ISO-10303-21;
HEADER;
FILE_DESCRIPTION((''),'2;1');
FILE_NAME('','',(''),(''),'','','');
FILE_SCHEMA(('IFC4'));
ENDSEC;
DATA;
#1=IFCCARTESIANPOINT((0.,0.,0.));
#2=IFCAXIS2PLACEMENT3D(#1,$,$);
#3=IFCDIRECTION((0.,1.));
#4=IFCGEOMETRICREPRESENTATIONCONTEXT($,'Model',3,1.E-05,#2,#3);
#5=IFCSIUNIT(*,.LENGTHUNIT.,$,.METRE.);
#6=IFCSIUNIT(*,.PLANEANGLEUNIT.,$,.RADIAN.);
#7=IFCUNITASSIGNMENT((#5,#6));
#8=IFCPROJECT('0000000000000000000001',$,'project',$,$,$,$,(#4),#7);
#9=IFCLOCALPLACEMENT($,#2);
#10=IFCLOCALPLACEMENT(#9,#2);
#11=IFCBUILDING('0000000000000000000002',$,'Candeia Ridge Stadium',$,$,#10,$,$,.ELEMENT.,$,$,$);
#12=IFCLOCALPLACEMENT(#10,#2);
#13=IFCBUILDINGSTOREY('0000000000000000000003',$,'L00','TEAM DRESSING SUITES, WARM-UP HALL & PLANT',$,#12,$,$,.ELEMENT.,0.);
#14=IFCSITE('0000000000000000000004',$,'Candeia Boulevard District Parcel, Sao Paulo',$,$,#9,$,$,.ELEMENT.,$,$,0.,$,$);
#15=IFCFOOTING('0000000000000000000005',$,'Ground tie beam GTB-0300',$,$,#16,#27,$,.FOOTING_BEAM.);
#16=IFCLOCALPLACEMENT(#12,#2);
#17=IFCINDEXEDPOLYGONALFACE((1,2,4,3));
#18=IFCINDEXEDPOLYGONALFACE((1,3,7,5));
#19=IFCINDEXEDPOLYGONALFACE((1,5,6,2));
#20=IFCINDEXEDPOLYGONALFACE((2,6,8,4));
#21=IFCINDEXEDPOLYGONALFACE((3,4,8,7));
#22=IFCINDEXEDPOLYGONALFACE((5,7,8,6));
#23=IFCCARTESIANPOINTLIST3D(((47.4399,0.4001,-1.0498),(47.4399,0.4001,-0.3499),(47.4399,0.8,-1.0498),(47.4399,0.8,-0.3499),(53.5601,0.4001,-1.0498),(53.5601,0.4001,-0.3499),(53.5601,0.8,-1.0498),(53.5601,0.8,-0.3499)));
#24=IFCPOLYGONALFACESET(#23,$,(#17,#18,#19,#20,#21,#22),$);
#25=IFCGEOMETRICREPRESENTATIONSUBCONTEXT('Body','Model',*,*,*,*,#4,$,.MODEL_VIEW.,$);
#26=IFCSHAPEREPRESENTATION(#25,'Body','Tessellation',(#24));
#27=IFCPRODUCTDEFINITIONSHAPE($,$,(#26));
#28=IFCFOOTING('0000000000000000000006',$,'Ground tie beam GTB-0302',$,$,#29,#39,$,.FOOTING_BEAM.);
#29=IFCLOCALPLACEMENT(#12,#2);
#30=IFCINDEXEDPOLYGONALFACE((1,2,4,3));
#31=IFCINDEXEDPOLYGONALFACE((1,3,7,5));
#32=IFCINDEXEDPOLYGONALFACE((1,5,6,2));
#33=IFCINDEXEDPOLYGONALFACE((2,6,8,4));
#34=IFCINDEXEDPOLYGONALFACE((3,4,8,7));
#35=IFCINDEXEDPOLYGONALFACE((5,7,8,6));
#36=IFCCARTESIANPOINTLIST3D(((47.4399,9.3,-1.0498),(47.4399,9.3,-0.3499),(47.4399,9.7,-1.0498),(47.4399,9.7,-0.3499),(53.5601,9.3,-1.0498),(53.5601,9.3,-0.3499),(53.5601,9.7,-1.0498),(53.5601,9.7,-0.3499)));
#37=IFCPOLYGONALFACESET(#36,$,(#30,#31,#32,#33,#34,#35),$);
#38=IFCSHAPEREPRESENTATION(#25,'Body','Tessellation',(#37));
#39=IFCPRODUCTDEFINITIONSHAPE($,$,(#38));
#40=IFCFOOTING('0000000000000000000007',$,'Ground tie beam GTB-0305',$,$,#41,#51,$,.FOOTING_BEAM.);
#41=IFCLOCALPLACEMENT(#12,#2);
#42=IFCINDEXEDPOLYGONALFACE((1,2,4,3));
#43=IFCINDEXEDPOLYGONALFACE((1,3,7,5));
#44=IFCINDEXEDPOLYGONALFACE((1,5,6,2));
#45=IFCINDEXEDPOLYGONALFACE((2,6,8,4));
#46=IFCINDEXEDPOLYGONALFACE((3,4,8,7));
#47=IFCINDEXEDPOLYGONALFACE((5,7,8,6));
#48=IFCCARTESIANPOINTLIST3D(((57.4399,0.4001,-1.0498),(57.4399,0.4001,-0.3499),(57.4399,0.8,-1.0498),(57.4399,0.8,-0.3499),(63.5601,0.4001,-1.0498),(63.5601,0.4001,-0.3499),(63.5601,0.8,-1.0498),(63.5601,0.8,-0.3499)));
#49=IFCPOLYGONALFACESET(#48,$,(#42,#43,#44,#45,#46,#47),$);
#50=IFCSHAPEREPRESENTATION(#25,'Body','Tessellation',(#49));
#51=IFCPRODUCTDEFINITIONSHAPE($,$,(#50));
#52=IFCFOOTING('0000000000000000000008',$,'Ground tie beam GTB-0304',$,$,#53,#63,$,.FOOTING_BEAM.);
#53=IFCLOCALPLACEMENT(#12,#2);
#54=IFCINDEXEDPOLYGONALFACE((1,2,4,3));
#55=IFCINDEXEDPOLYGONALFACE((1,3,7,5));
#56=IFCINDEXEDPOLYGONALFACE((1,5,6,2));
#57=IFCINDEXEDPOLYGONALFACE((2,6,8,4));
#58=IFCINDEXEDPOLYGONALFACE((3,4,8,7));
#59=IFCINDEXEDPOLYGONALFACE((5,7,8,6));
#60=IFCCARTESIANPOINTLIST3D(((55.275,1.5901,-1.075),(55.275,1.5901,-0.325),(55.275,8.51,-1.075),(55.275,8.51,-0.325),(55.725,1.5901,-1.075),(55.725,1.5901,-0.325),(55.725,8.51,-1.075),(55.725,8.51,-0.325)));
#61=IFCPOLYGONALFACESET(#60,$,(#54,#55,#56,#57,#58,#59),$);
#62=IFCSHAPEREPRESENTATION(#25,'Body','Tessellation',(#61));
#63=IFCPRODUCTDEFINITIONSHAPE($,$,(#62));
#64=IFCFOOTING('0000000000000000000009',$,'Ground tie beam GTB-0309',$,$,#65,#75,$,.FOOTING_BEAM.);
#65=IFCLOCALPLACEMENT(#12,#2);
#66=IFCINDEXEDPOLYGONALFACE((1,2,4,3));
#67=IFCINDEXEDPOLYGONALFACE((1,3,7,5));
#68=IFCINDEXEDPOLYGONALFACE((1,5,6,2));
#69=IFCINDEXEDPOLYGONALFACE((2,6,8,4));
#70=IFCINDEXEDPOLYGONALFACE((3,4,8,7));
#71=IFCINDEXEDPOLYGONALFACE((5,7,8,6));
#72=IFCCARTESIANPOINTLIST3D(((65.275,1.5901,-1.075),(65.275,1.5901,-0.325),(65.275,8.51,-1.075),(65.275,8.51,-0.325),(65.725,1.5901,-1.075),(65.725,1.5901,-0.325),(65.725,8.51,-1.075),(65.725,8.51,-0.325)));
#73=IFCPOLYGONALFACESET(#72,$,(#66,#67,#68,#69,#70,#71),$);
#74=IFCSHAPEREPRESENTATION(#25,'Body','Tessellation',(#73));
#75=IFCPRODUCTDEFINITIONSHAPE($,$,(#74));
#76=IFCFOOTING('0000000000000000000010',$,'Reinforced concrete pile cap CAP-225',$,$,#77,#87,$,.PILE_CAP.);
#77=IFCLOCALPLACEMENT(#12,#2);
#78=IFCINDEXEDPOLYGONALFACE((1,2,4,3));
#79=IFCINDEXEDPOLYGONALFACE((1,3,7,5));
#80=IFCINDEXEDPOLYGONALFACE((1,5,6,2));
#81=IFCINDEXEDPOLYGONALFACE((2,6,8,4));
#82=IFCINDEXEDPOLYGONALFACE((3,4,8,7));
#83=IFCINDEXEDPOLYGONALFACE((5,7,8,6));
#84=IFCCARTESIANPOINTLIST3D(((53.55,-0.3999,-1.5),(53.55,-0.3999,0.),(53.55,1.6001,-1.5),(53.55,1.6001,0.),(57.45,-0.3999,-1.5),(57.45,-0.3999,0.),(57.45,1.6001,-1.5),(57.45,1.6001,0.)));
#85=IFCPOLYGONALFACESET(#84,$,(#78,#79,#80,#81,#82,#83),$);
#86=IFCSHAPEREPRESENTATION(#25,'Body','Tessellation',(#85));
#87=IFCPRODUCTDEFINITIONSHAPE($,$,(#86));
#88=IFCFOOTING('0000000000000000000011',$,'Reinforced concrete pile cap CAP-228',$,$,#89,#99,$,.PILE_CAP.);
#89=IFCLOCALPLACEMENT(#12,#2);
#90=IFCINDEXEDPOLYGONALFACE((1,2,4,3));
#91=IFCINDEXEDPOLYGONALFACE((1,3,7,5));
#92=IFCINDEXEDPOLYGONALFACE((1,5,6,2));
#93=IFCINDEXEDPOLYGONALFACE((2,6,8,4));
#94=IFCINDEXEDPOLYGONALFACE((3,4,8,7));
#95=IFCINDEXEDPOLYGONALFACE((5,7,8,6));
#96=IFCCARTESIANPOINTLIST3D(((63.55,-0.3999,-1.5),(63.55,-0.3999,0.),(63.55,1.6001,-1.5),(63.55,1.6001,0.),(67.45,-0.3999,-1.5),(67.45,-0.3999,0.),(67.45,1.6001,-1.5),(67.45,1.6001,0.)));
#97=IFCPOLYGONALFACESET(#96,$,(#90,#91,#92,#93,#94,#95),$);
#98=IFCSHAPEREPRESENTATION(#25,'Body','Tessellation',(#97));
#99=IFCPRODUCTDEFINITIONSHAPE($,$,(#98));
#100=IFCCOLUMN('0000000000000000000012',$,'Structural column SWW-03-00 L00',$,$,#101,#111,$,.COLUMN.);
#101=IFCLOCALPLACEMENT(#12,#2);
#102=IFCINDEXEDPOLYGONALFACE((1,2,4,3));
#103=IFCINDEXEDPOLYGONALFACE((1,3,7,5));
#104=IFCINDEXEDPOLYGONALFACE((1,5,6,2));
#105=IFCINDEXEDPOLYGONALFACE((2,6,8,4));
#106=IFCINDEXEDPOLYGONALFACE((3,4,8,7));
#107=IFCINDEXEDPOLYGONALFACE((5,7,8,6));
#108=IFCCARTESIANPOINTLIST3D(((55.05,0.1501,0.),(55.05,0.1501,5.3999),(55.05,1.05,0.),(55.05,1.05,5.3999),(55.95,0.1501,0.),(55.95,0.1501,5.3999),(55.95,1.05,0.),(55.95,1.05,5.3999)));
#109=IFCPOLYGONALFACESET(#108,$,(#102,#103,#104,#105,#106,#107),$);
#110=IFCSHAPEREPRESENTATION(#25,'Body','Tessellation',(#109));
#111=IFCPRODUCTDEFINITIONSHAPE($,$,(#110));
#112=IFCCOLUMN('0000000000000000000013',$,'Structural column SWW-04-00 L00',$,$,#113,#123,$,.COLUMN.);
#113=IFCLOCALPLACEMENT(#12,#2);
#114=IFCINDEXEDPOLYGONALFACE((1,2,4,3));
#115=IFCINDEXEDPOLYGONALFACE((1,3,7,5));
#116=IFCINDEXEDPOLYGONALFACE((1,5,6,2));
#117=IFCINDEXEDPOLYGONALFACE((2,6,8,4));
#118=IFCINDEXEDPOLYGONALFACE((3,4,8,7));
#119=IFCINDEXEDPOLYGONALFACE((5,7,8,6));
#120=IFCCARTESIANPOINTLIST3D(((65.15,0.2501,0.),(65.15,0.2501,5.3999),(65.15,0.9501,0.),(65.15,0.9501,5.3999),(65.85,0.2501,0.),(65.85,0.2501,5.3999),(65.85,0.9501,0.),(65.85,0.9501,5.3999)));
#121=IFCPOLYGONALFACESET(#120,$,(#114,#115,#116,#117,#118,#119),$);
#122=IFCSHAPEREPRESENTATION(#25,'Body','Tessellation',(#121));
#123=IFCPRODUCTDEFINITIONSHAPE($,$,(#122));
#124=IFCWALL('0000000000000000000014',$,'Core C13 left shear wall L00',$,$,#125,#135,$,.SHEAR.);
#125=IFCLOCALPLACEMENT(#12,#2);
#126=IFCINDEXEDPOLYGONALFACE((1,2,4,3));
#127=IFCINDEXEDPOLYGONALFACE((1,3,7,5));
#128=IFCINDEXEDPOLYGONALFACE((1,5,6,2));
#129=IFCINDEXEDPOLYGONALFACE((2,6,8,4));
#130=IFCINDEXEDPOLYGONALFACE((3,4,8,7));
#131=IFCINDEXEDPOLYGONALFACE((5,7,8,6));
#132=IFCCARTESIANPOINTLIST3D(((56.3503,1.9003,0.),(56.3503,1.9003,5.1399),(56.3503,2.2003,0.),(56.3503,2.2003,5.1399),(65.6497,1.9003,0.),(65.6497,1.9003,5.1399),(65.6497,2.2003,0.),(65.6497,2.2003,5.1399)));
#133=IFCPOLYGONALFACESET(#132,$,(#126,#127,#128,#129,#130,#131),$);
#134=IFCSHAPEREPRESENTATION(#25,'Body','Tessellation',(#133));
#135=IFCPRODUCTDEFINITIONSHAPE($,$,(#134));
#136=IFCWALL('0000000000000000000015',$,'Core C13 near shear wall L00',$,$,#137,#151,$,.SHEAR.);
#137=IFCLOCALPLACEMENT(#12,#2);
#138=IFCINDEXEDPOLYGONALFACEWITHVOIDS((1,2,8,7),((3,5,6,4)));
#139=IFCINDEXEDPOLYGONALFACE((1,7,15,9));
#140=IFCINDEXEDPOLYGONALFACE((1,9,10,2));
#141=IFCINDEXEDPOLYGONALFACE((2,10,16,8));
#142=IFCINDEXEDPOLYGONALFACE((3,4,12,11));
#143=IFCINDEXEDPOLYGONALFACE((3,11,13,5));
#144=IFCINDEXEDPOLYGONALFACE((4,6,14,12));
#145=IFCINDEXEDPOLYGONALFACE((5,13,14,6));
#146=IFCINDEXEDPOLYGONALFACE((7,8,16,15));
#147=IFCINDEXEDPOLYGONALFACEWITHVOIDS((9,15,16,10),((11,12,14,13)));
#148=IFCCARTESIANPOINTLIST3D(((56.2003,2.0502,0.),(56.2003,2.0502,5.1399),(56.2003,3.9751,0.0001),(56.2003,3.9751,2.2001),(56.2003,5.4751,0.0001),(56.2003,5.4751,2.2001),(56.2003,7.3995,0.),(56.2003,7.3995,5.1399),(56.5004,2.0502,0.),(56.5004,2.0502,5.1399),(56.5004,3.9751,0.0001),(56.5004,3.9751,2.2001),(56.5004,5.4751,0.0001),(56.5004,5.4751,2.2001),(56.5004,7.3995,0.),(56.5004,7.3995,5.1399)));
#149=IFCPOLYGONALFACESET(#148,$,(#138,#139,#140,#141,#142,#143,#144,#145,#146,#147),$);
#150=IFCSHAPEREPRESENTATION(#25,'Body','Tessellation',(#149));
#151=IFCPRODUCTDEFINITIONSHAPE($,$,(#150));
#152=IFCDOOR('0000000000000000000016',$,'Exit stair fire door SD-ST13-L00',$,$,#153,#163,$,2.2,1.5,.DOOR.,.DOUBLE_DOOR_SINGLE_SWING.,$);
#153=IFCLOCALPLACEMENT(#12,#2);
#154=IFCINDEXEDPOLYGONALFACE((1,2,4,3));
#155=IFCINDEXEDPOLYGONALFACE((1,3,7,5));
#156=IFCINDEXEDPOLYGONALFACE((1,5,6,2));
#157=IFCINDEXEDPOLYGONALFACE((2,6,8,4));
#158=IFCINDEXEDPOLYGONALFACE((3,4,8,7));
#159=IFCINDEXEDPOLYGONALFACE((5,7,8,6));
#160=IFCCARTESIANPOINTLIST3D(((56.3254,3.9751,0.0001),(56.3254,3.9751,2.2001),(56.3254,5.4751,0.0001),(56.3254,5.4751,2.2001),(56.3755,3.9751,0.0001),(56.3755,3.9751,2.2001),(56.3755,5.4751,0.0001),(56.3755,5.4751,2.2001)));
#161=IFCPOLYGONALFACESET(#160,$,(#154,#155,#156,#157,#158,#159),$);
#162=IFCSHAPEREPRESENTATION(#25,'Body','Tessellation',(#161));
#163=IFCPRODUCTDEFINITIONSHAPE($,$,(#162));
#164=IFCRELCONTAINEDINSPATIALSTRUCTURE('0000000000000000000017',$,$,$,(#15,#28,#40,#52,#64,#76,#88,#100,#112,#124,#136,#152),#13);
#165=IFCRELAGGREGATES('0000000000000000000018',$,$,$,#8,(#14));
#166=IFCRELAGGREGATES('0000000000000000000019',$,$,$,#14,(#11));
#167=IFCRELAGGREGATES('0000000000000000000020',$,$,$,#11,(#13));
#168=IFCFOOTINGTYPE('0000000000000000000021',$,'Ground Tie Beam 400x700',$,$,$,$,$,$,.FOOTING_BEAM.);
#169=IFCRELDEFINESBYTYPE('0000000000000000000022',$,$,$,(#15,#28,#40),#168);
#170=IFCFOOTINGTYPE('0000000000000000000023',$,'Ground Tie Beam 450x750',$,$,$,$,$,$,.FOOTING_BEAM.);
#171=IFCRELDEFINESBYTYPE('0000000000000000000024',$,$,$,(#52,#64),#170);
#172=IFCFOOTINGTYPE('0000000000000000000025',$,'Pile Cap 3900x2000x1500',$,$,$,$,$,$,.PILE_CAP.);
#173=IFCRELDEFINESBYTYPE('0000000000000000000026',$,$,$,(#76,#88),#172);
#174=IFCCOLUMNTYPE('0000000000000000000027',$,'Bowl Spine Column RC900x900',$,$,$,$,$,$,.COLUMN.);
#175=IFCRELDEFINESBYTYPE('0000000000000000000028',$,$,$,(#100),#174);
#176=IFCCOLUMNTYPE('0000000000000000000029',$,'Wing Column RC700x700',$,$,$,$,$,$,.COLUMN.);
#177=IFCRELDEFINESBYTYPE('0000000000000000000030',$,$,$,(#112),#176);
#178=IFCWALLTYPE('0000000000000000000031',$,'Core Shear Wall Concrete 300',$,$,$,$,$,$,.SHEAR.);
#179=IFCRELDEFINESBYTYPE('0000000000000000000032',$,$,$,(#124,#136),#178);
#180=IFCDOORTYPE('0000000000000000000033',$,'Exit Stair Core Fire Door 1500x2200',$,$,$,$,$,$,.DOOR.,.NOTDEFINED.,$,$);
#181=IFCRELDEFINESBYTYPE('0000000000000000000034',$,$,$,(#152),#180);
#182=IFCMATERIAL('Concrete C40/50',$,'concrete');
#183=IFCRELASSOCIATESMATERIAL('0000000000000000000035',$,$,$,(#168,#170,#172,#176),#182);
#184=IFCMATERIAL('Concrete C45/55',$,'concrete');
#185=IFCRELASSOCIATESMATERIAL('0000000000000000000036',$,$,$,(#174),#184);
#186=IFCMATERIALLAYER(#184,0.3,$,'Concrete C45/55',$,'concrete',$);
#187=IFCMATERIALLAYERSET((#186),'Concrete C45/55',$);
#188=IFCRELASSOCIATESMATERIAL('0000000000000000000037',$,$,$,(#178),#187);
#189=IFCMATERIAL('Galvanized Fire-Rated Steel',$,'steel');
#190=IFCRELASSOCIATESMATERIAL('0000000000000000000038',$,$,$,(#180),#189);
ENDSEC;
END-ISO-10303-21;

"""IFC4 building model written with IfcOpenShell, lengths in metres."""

from ifc_helpers import new_model, si_unit, direction, frame, frame_2d, origin, origin_2d, place, context, subcontext, project, spatial, rectangle, extrude, material, layer, layer_set, material_profile, profile_set, type_object, element, fill, save


model = new_model("IFC4")

# Units and contexts
model_context = context("Model", 3, precision=1e-05, world=origin(), true_north=direction((0.0, 1.0)))
body_context = subcontext(model_context, "Body", "Model", "MODEL_VIEW")
ifc_project = project(units=[si_unit("LENGTHUNIT", "METRE"), si_unit("PLANEANGLEUNIT", "RADIAN")], contexts=[model_context])

# Site, building, storey
site_placement = place(None, origin())
site = spatial("IfcSite", under=ifc_project, at=site_placement, Name="Candeia Boulevard District Parcel, Sao Paulo", CompositionType="ELEMENT", RefElevation=0.0)
building_placement = place(site_placement, origin())
building = spatial("IfcBuilding", under=site, at=building_placement, Name="Candeia Ridge Stadium", CompositionType="ELEMENT")
storey_placement = place(building_placement, origin())
storey = spatial("IfcBuildingStorey", under=building, at=storey_placement, Name="L00", Description="TEAM DRESSING SUITES, WARM-UP HALL & PLANT", CompositionType="ELEMENT", Elevation=0.0)

# Shared definitions
ifc_material_1 = material(Name="Concrete C40/50", Category="concrete")

# Footings
footing_type_1 = type_object("IfcFootingType", Name="Ground Tie Beam 400x700", PredefinedType="FOOTING_BEAM", material=ifc_material_1)
for number, where, z_axis, x_axis, name in (
    (1, (50.5, 0.6001, -1.0498), (0.0, 0.0, 1.0), (1.0, 0.0, 0.0), "Ground tie beam GTB-0300"),
    (2, (50.5, 9.5, -1.0498), (0.0, 0.0, 1.0), (1.0, 0.0, 0.0), "Ground tie beam GTB-0302"),
    (3, (60.5, 0.6001, -1.0498), (0.0, 0.0, 1.0), (1.0, 0.0, 0.0), "Ground tie beam GTB-0305"),
):
    element("IfcFooting", number, at=place(storey_placement, frame(where, z_axis=z_axis, x_axis=x_axis)), inside=storey, type_object=footing_type_1, Name=name, PredefinedType="FOOTING_BEAM", context=body_context, shape_type="SweptSolid", body=[
        extrude(rectangle(XDim=6.1201, YDim=0.3999, at=origin_2d()), origin(), (0.0, 0.0, 1.0), 0.7),
    ])
footing_type_2 = type_object("IfcFootingType", Name="Ground Tie Beam 450x750", PredefinedType="FOOTING_BEAM", material=ifc_material_1)
for number, where, z_axis, x_axis, name in (
    (4, (55.5, 5.05, -1.075), (0.0, 0.0, 1.0), (0.0, 1.0, 0.0), "Ground tie beam GTB-0304"),
    (5, (65.5, 5.05, -1.075), (0.0, 0.0, 1.0), (0.0, 1.0, 0.0), "Ground tie beam GTB-0309"),
):
    element("IfcFooting", number, at=place(storey_placement, frame(where, z_axis=z_axis, x_axis=x_axis)), inside=storey, type_object=footing_type_2, Name=name, PredefinedType="FOOTING_BEAM", context=body_context, shape_type="SweptSolid", body=[
        extrude(rectangle(XDim=6.9199, YDim=0.45, at=origin_2d()), origin(), (0.0, 0.0, 1.0), 0.75),
    ])
footing_type_3 = type_object("IfcFootingType", Name="Pile Cap 3900x2000x1500", PredefinedType="PILE_CAP", material=ifc_material_1)
for number, where, z_axis, x_axis, name in (
    (6, (55.5, 0.6001, -1.5), (0.0, 0.0, 1.0), (1.0, 0.0, 0.0), "Reinforced concrete pile cap CAP-225"),
    (7, (65.5, 0.6001, -1.5), (0.0, 0.0, 1.0), (1.0, 0.0, 0.0), "Reinforced concrete pile cap CAP-228"),
):
    element("IfcFooting", number, at=place(storey_placement, frame(where, z_axis=z_axis, x_axis=x_axis)), inside=storey, type_object=footing_type_3, Name=name, PredefinedType="PILE_CAP", context=body_context, shape_type="SweptSolid", body=[
        extrude(rectangle(XDim=3.8999, YDim=2.0, at=origin_2d()), origin(), (0.0, 0.0, 1.0), 1.5),
    ])

# Columns
ifc_material_2 = material(Name="Concrete C45/55", Category="concrete")
ifc_material_profile_1 = material_profile(ifc_material_2, rectangle(XDim=0.8999, YDim=0.8999, at=origin_2d()), Name="RC900x900", Category="concrete")
ifc_profile_set_1 = profile_set([ifc_material_profile_1], Name="Concrete C45/55")
column_type_1 = type_object("IfcColumnType", Name="Bowl Spine Column RC900x900", PredefinedType="COLUMN", material=ifc_profile_set_1)
column_1_placement = place(storey_placement, frame((55.5, 0.6001, 0.0), z_axis=(0.0, 0.0, 1.0), x_axis=(1.0, 0.0, 0.0)))
element("IfcColumn", 8, at=column_1_placement, inside=storey, type_object=column_type_1, Name="Structural column SWW-03-00 L00", PredefinedType="COLUMN", context=body_context, shape_type="SweptSolid", body=[
    extrude(rectangle(XDim=0.8999, YDim=0.8999, at=origin_2d()), origin(), (0.0, 0.0, 1.0), 5.3999),
])
ifc_material_profile_2 = material_profile(ifc_material_1, rectangle(XDim=0.7, YDim=0.7, at=origin_2d()), Name="RC700x700", Category="concrete")
ifc_profile_set_2 = profile_set([ifc_material_profile_2], Name="Concrete C40/50")
column_type_2 = type_object("IfcColumnType", Name="Wing Column RC700x700", PredefinedType="COLUMN", material=ifc_profile_set_2)
column_2_placement = place(storey_placement, frame((65.5, 0.6001, 0.0), z_axis=(0.0, 0.0, 1.0), x_axis=(1.0, 0.0, 0.0)))
element("IfcColumn", 9, at=column_2_placement, inside=storey, type_object=column_type_2, Name="Structural column SWW-04-00 L00", PredefinedType="COLUMN", context=body_context, shape_type="SweptSolid", body=[
    extrude(rectangle(XDim=0.7, YDim=0.7, at=origin_2d()), origin(), (0.0, 0.0, 1.0), 5.3999),
])

# Wall
ifc_layer_1 = layer(ifc_material_2, 0.3, Name="Concrete C45/55", Category="concrete")
ifc_layer_set_1 = layer_set([ifc_layer_1], Name="Concrete C45/55")
wall_type_1 = type_object("IfcWallType", Name="Core Shear Wall Concrete 300", PredefinedType="SHEAR", material=ifc_layer_set_1)
wall_1_placement = place(storey_placement, frame((56.3503, 2.0503, 0.0), z_axis=(0.0, 0.0, 1.0), x_axis=(1.0, 0.0, 0.0)))
element("IfcWall", 10, at=wall_1_placement, inside=storey, type_object=wall_type_1, Name="Core C13 left shear wall L00", PredefinedType="SHEAR", context=body_context, shape_type="SweptSolid", body=[
    extrude(rectangle(XDim=9.2993, YDim=0.3, at=frame_2d((4.6497, 0.0))), origin(), (0.0, 0.0, 1.0), 5.1399),
])

# Wall, opening, door
wall_2_placement = place(storey_placement, frame((56.3503, 7.3997, 0.0), z_axis=(0.0, 0.0, 1.0), x_axis=(0.0, -1.0, 0.0)))
wall_2 = element("IfcWall", 11, at=wall_2_placement, inside=storey, type_object=wall_type_1, Name="Core C13 near shear wall L00", PredefinedType="SHEAR", context=body_context, shape_type="SweptSolid", body=[
    extrude(rectangle(XDim=5.3494, YDim=0.3, at=frame_2d((2.6748, 0.0))), origin(), (0.0, 0.0, 1.0), 5.1399),
])
opening_1_placement = place(wall_2_placement, frame((1.9246, 0.0, 0.0)))
opening_1 = element("IfcOpeningElement", 12, at=opening_1_placement, cuts=wall_2, PredefinedType="OPENING", context=body_context, shape_type="SweptSolid", body=[
    extrude(rectangle(XDim=1.5, YDim=2.2, at=frame_2d((0.75, 1.1001))), frame((0.0, 0.1599, 0.0), z_axis=(0.0, -1.0, 0.0), x_axis=(1.0, 0.0, 0.0)), (0.0, 0.0, 1.0), 0.3201),
])
ifc_material_3 = material(Name="Galvanized Fire-Rated Steel", Category="steel")
door_type_1 = type_object("IfcDoorType", Name="Exit Stair Core Fire Door 1500x2200", OperationType="NOTDEFINED", PredefinedType="DOOR", material=ifc_material_3)
door_1_placement = place(opening_1_placement, frame((1.5, 0.0, 0.0), z_axis=(0.0, 0.0, 1.0), x_axis=(-1.0, 0.0, 0.0)))
door_1 = element("IfcDoor", 13, at=door_1_placement, inside=storey, type_object=door_type_1, Name="Exit stair fire door SD-ST13-L00", OperationType="DOUBLE_DOOR_SINGLE_SWING", OverallHeight=2.2, OverallWidth=1.5, PredefinedType="DOOR", context=body_context, shape_type="SweptSolid", body=[
    extrude(rectangle(XDim=1.5, YDim=2.2, at=frame_2d((0.75, 1.1001))), frame((0.0, 0.0249, 0.0), z_axis=(0.0, -1.0, 0.0), x_axis=(1.0, 0.0, 0.0)), (0.0, 0.0, 1.0), 0.05),
])
fill(opening_1, door_1)

save(model, "model.ifc")
